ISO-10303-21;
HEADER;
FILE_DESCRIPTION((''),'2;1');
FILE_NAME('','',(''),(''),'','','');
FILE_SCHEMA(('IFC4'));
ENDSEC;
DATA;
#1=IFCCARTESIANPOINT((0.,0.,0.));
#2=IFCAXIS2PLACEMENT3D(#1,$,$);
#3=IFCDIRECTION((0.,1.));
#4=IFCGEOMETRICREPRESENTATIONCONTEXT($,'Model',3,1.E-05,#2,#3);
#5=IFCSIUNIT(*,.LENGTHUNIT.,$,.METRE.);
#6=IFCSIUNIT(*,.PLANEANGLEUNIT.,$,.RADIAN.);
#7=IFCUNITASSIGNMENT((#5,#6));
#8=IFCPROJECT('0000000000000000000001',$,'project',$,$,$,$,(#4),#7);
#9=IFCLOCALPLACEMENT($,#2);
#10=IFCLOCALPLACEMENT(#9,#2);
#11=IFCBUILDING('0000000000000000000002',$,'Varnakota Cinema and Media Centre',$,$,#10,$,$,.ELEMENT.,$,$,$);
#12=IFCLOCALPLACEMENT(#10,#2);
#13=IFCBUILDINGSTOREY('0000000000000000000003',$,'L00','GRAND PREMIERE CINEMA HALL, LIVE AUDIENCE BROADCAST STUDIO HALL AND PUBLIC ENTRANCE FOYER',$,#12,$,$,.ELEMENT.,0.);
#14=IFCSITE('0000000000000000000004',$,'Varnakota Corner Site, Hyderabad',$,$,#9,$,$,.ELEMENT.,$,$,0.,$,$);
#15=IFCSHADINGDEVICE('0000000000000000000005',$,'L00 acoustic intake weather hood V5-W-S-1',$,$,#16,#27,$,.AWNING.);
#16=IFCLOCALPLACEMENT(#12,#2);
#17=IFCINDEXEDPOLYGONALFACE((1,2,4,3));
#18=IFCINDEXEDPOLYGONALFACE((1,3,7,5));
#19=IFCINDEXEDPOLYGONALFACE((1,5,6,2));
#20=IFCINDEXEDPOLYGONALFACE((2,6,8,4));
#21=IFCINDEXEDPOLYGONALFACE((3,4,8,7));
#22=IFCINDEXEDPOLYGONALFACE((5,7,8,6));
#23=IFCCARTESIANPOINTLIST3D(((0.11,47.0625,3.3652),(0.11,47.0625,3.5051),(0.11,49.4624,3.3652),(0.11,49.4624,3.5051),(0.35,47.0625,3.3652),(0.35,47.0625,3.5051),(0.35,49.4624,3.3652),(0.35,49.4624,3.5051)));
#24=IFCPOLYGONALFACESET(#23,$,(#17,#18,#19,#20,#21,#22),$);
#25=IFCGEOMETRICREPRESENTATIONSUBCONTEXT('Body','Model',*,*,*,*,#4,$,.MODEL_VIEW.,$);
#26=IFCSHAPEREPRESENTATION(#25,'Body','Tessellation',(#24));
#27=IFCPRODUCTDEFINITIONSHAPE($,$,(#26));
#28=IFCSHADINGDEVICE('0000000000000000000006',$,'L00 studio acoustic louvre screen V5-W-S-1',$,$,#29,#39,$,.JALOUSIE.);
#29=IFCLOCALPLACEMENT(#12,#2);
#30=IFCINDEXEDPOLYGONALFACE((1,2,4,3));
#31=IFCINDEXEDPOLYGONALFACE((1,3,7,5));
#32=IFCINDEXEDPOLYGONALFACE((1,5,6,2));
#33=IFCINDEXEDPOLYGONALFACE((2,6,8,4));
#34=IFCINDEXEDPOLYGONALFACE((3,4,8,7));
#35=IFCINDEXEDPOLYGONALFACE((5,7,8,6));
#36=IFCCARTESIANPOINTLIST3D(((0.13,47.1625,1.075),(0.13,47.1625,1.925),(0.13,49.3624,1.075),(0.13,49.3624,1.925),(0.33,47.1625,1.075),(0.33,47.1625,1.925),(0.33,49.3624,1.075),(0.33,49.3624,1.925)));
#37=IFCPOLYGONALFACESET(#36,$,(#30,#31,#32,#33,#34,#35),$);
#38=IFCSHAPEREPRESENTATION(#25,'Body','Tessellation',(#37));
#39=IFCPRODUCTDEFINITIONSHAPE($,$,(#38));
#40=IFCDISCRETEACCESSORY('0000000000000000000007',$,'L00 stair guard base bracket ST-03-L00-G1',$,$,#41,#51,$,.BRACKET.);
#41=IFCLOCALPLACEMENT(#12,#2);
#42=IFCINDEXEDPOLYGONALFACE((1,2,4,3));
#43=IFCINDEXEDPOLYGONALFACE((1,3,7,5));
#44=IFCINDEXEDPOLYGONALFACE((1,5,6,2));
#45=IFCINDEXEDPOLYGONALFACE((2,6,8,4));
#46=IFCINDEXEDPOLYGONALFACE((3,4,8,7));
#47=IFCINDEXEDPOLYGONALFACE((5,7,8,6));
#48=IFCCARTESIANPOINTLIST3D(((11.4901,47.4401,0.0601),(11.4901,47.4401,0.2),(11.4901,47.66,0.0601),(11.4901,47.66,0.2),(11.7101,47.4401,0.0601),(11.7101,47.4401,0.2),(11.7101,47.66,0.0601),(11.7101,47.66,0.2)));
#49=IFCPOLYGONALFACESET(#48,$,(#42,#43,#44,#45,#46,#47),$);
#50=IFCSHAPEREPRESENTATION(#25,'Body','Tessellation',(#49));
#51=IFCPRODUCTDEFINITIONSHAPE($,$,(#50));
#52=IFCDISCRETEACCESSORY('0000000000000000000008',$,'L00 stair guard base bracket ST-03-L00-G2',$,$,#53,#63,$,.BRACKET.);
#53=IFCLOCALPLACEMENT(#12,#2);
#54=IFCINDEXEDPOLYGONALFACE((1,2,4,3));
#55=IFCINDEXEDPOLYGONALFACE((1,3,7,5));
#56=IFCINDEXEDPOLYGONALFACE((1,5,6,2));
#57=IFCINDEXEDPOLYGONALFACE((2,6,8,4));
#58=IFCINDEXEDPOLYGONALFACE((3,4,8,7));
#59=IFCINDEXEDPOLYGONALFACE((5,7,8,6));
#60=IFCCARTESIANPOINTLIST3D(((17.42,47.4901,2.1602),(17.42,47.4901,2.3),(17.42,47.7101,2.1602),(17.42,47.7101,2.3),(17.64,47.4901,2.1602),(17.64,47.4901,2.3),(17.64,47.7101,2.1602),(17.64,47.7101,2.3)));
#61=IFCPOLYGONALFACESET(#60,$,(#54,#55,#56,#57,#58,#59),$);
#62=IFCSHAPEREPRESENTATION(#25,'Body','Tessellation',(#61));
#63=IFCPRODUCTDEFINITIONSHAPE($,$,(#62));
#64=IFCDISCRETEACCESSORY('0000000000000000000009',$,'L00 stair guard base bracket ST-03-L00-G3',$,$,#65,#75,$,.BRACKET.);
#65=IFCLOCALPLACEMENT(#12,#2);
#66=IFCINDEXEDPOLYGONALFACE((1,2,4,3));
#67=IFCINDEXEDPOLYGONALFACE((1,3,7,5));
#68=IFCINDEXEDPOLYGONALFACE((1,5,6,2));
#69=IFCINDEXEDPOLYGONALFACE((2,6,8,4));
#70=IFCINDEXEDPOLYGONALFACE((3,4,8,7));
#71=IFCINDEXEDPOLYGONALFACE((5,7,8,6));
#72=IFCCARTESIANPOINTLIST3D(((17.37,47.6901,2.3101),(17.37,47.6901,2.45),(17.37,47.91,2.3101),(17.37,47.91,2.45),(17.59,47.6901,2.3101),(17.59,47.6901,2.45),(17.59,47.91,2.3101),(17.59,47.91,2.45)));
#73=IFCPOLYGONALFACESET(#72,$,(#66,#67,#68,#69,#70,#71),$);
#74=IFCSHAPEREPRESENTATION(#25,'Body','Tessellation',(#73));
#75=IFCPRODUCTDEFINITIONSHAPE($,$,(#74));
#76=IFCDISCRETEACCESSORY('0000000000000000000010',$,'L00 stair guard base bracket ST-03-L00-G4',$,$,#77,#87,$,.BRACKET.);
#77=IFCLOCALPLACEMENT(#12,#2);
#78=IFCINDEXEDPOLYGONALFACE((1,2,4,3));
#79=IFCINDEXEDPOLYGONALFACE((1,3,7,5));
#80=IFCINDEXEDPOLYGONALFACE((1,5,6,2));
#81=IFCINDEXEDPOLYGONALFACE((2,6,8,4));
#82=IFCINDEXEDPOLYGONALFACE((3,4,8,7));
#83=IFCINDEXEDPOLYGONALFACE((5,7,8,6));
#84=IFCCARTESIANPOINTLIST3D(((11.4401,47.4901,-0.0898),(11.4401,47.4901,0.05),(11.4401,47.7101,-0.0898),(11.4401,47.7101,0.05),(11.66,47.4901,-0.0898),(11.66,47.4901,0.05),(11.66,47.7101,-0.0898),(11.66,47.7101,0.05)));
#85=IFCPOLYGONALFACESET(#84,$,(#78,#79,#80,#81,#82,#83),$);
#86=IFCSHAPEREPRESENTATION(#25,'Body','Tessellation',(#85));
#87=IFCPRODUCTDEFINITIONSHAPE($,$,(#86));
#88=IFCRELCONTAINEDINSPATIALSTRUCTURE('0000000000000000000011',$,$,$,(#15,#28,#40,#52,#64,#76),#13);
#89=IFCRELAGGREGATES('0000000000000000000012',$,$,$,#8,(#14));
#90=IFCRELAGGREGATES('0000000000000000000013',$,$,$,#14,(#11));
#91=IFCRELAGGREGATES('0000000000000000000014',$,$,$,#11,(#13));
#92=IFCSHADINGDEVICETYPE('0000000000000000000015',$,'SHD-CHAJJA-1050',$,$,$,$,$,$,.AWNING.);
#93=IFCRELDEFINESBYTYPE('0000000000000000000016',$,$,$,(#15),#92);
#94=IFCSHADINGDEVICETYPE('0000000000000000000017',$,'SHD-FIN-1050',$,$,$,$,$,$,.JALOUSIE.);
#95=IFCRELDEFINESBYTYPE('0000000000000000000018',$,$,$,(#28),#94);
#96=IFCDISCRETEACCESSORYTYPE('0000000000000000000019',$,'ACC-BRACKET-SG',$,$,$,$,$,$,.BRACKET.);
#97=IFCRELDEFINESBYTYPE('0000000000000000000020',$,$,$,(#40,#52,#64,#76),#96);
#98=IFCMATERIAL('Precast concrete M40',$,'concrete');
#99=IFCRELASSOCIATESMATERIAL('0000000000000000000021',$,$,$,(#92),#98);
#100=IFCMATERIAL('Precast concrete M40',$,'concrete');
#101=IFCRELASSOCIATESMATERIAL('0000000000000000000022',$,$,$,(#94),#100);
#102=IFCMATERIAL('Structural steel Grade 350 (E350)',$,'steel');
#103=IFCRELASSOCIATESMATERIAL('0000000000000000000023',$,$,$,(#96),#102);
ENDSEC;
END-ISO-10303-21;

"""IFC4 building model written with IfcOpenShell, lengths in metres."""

from ifc_helpers import new_model, si_unit, direction, frame, origin, origin_2d, place, context, subcontext, project, spatial, rectangle, extrude, material, type_object, element, save


model = new_model("IFC4")

# Units and contexts
model_context = context("Model", 3, precision=1e-05, world=origin(), true_north=direction((0.0, 1.0)))
body_context = subcontext(model_context, "Body", "Model", "MODEL_VIEW")
ifc_project = project(units=[si_unit("LENGTHUNIT", "METRE"), si_unit("PLANEANGLEUNIT", "RADIAN")], contexts=[model_context])

# Site, building, storey
site_placement = place(None, origin())
site = spatial("IfcSite", under=ifc_project, at=site_placement, Name="Varnakota Corner Site, Hyderabad", CompositionType="ELEMENT", RefElevation=0.0)
building_placement = place(site_placement, origin())
building = spatial("IfcBuilding", under=site, at=building_placement, Name="Varnakota Cinema and Media Centre", CompositionType="ELEMENT")
storey_placement = place(building_placement, origin())
storey = spatial("IfcBuildingStorey", under=building, at=storey_placement, Name="L00", Description="GRAND PREMIERE CINEMA HALL, LIVE AUDIENCE BROADCAST STUDIO HALL AND PUBLIC ENTRANCE FOYER", CompositionType="ELEMENT", Elevation=0.0)

# Shading devices
ifc_material_1 = material(Name="Precast concrete M40", Category="concrete")
shading_device_type_1 = type_object("IfcShadingDeviceType", Name="SHD-CHAJJA-1050", PredefinedType="AWNING", material=ifc_material_1)
shading_device_1_placement = place(storey_placement, frame((0.23, 48.2625, 3.3652), z_axis=(0.0, 0.0, 1.0), x_axis=(0.0, -1.0, 0.0)))
element("IfcShadingDevice", 1, at=shading_device_1_placement, inside=storey, type_object=shading_device_type_1, Name="L00 acoustic intake weather hood V5-W-S-1", PredefinedType="AWNING", context=body_context, shape_type="SweptSolid", body=[
    extrude(rectangle(XDim=2.3999, YDim=0.24, at=origin_2d()), origin(), (0.0, 0.0, 1.0), 0.1399),
])
ifc_material_2 = material(Name="Precast concrete M40", Category="concrete")
shading_device_type_2 = type_object("IfcShadingDeviceType", Name="SHD-FIN-1050", PredefinedType="JALOUSIE", material=ifc_material_2)
shading_device_2_placement = place(storey_placement, frame((0.23, 48.2625, 1.075), z_axis=(0.0, 0.0, 1.0), x_axis=(0.0, -1.0, 0.0)))
element("IfcShadingDevice", 2, at=shading_device_2_placement, inside=storey, type_object=shading_device_type_2, Name="L00 studio acoustic louvre screen V5-W-S-1", PredefinedType="JALOUSIE", context=body_context, shape_type="SweptSolid", body=[
    extrude(rectangle(XDim=2.2, YDim=0.2, at=origin_2d()), origin(), (0.0, 0.0, 1.0), 0.8501),
])

# Discrete accessories
ifc_material_3 = material(Name="Structural steel Grade 350 (E350)", Category="steel")
discrete_accessory_type = type_object("IfcDiscreteAccessoryType", Name="ACC-BRACKET-SG", PredefinedType="BRACKET", material=ifc_material_3)
for number, where, z_axis, x_axis, name in (
    (3, (11.6001, 47.55, 0.0601), (0.0, 0.0, 1.0), (1.0, 0.0, 0.0), "L00 stair guard base bracket ST-03-L00-G1"),
    (4, (17.53, 47.6001, 2.1602), (0.0, 0.0, 1.0), (1.0, 0.0, 0.0), "L00 stair guard base bracket ST-03-L00-G2"),
    (5, (17.48, 47.8, 2.3101), (0.0, 0.0, 1.0), (1.0, 0.0, 0.0), "L00 stair guard base bracket ST-03-L00-G3"),
    (6, (11.55, 47.6001, -0.0898), (0.0, 0.0, 1.0), (1.0, 0.0, 0.0), "L00 stair guard base bracket ST-03-L00-G4"),
):
    element("IfcDiscreteAccessory", number, at=place(storey_placement, frame(where, z_axis=z_axis, x_axis=x_axis)), inside=storey, type_object=discrete_accessory_type, Name=name, PredefinedType="BRACKET", context=body_context, shape_type="SweptSolid", body=[
        extrude(rectangle(XDim=0.22, YDim=0.22, at=origin_2d()), origin(), (0.0, 0.0, 1.0), 0.1399),
    ])

save(model, "model.ifc")
